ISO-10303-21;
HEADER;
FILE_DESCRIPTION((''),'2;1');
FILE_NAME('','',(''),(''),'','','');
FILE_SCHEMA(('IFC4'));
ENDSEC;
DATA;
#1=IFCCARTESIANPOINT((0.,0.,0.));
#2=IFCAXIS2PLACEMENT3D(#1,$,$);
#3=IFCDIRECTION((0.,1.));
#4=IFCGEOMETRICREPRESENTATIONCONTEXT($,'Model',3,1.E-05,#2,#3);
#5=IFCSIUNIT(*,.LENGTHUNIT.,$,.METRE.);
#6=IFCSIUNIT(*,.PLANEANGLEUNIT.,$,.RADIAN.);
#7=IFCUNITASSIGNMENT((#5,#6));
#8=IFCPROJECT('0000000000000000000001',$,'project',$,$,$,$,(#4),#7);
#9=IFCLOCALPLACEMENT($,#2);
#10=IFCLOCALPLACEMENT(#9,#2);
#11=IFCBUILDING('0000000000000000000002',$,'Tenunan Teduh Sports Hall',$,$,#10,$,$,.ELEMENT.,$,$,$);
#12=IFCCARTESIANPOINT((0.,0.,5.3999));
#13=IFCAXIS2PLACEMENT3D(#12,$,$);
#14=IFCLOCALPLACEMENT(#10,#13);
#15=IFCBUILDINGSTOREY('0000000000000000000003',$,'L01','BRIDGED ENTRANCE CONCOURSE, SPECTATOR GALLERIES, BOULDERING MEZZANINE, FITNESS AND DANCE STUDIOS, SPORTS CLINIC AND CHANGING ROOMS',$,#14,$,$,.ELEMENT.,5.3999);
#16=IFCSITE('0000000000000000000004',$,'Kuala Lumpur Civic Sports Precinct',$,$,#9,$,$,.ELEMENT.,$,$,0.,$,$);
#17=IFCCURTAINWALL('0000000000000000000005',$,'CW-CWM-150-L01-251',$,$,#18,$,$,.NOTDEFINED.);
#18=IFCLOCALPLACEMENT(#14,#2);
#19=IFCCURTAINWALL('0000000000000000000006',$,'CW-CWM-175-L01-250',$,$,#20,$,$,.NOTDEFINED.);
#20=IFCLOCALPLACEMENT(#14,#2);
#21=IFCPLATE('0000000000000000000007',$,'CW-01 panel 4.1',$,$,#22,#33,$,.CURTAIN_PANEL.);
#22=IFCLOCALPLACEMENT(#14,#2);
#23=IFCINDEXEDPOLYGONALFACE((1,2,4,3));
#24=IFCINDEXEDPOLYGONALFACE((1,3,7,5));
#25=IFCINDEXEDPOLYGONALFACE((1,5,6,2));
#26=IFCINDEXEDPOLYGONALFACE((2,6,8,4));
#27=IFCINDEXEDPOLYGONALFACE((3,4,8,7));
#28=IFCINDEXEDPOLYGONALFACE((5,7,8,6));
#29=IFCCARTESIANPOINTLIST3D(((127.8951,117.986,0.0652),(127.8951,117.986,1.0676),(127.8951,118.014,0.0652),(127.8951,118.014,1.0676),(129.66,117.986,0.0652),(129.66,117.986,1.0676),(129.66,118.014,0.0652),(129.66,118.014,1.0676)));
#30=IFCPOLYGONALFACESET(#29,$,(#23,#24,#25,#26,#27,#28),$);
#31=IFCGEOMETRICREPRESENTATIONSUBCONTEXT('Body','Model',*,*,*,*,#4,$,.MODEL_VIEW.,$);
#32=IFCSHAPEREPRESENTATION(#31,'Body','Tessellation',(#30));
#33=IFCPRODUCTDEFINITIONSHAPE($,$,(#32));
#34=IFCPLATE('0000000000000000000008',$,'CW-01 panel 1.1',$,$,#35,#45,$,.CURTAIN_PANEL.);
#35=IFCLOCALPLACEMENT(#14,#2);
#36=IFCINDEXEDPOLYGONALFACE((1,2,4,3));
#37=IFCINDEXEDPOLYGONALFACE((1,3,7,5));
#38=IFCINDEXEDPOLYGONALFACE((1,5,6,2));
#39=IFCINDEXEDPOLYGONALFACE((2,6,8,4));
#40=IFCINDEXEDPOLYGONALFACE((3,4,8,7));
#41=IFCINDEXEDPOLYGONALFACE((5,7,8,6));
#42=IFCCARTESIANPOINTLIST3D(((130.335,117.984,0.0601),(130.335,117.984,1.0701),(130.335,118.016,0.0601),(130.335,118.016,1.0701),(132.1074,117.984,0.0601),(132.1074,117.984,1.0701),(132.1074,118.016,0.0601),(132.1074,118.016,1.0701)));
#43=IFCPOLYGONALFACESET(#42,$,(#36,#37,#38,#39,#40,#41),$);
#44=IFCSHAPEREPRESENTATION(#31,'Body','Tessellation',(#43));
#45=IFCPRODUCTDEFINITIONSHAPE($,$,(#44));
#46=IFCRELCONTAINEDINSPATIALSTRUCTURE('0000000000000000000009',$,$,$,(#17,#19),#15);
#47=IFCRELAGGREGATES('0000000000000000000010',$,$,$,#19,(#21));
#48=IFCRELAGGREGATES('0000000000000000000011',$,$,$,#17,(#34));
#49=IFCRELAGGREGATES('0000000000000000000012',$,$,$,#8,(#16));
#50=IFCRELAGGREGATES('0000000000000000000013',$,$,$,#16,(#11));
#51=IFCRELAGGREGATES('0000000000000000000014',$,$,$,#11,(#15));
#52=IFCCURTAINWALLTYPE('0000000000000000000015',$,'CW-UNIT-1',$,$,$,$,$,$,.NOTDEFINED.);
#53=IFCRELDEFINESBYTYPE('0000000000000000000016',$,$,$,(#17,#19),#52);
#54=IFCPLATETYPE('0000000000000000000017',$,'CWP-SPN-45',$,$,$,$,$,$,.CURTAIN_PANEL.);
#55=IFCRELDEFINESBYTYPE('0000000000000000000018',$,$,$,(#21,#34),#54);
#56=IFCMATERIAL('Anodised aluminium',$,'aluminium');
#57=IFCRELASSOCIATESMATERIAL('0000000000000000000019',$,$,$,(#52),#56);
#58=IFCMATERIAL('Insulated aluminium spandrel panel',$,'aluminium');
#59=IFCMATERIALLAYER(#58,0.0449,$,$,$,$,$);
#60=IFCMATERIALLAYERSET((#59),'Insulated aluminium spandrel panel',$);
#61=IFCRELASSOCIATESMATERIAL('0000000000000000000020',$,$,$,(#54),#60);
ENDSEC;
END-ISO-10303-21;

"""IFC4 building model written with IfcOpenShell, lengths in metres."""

from ifc_helpers import new_model, si_unit, direction, frame, origin, origin_2d, place, context, subcontext, project, spatial, rectangle, extrude, material, layer, layer_set, type_object, element, aggregate, save


model = new_model("IFC4")

# Units and contexts
model_context = context("Model", 3, precision=1e-05, world=origin(), true_north=direction((0.0, 1.0)))
body_context = subcontext(model_context, "Body", "Model", "MODEL_VIEW")
ifc_project = project(units=[si_unit("LENGTHUNIT", "METRE"), si_unit("PLANEANGLEUNIT", "RADIAN")], contexts=[model_context])

# Site, building, storey
site_placement = place(None, origin())
site = spatial("IfcSite", under=ifc_project, at=site_placement, Name="Kuala Lumpur Civic Sports Precinct", CompositionType="ELEMENT", RefElevation=0.0)
building_placement = place(site_placement, origin())
building = spatial("IfcBuilding", under=site, at=building_placement, Name="Tenunan Teduh Sports Hall", CompositionType="ELEMENT")
storey_placement = place(building_placement, frame((0.0, 0.0, 5.3999)))
storey = spatial("IfcBuildingStorey", under=building, at=storey_placement, Name="L01", Description="BRIDGED ENTRANCE CONCOURSE, SPECTATOR GALLERIES, BOULDERING MEZZANINE, FITNESS AND DANCE STUDIOS, SPORTS CLINIC AND CHANGING ROOMS", CompositionType="ELEMENT", Elevation=5.3999)

# Curtain walls
ifc_material_1 = material(Name="Anodised aluminium", Category="aluminium")
curtain_wall_type = type_object("IfcCurtainWallType", Name="CW-UNIT-1", PredefinedType="NOTDEFINED", material=ifc_material_1)
curtain_wall_1_placement = place(storey_placement, origin())
curtain_wall_1 = element("IfcCurtainWall", 1, at=curtain_wall_1_placement, inside=storey, type_object=curtain_wall_type, Name="CW-CWM-150-L01-251", PredefinedType="NOTDEFINED")
curtain_wall_2_placement = place(storey_placement, origin())
curtain_wall_2 = element("IfcCurtainWall", 2, at=curtain_wall_2_placement, inside=storey, type_object=curtain_wall_type, Name="CW-CWM-175-L01-250", PredefinedType="NOTDEFINED")

# Plates
ifc_material_2 = material(Name="Insulated aluminium spandrel panel", Category="aluminium")
ifc_layer_1 = layer(ifc_material_2, 0.0449)
ifc_layer_set_1 = layer_set([ifc_layer_1], Name="Insulated aluminium spandrel panel")
plate_type_1 = type_object("IfcPlateType", Name="CWP-SPN-45", PredefinedType="CURTAIN_PANEL", material=ifc_layer_set_1)
plate_1_placement = place(storey_placement, frame((128.7776, 118.0, 0.0652), z_axis=(0.0, 0.0, 1.0), x_axis=(1.0, 0.0, 0.0)))
plate_1 = element("IfcPlate", 3, at=plate_1_placement, type_object=plate_type_1, Name="CW-01 panel 4.1", PredefinedType="CURTAIN_PANEL", context=body_context, shape_type="SweptSolid", body=[
    extrude(rectangle(XDim=1.7649, YDim=0.0281, at=origin_2d()), origin(), (0.0, 0.0, 1.0), 1.0024),
])
aggregate(curtain_wall_2, [plate_1])
plate_2_placement = place(storey_placement, frame((131.2212, 118.0, 0.0601), z_axis=(0.0, 0.0, 1.0), x_axis=(1.0, 0.0, 0.0)))
plate_2 = element("IfcPlate", 4, at=plate_2_placement, type_object=plate_type_1, Name="CW-01 panel 1.1", PredefinedType="CURTAIN_PANEL", context=body_context, shape_type="SweptSolid", body=[
    extrude(rectangle(XDim=1.7725, YDim=0.032, at=origin_2d()), origin(), (0.0, 0.0, 1.0), 1.01),
])
aggregate(curtain_wall_1, [plate_2])

save(model, "model.ifc")
